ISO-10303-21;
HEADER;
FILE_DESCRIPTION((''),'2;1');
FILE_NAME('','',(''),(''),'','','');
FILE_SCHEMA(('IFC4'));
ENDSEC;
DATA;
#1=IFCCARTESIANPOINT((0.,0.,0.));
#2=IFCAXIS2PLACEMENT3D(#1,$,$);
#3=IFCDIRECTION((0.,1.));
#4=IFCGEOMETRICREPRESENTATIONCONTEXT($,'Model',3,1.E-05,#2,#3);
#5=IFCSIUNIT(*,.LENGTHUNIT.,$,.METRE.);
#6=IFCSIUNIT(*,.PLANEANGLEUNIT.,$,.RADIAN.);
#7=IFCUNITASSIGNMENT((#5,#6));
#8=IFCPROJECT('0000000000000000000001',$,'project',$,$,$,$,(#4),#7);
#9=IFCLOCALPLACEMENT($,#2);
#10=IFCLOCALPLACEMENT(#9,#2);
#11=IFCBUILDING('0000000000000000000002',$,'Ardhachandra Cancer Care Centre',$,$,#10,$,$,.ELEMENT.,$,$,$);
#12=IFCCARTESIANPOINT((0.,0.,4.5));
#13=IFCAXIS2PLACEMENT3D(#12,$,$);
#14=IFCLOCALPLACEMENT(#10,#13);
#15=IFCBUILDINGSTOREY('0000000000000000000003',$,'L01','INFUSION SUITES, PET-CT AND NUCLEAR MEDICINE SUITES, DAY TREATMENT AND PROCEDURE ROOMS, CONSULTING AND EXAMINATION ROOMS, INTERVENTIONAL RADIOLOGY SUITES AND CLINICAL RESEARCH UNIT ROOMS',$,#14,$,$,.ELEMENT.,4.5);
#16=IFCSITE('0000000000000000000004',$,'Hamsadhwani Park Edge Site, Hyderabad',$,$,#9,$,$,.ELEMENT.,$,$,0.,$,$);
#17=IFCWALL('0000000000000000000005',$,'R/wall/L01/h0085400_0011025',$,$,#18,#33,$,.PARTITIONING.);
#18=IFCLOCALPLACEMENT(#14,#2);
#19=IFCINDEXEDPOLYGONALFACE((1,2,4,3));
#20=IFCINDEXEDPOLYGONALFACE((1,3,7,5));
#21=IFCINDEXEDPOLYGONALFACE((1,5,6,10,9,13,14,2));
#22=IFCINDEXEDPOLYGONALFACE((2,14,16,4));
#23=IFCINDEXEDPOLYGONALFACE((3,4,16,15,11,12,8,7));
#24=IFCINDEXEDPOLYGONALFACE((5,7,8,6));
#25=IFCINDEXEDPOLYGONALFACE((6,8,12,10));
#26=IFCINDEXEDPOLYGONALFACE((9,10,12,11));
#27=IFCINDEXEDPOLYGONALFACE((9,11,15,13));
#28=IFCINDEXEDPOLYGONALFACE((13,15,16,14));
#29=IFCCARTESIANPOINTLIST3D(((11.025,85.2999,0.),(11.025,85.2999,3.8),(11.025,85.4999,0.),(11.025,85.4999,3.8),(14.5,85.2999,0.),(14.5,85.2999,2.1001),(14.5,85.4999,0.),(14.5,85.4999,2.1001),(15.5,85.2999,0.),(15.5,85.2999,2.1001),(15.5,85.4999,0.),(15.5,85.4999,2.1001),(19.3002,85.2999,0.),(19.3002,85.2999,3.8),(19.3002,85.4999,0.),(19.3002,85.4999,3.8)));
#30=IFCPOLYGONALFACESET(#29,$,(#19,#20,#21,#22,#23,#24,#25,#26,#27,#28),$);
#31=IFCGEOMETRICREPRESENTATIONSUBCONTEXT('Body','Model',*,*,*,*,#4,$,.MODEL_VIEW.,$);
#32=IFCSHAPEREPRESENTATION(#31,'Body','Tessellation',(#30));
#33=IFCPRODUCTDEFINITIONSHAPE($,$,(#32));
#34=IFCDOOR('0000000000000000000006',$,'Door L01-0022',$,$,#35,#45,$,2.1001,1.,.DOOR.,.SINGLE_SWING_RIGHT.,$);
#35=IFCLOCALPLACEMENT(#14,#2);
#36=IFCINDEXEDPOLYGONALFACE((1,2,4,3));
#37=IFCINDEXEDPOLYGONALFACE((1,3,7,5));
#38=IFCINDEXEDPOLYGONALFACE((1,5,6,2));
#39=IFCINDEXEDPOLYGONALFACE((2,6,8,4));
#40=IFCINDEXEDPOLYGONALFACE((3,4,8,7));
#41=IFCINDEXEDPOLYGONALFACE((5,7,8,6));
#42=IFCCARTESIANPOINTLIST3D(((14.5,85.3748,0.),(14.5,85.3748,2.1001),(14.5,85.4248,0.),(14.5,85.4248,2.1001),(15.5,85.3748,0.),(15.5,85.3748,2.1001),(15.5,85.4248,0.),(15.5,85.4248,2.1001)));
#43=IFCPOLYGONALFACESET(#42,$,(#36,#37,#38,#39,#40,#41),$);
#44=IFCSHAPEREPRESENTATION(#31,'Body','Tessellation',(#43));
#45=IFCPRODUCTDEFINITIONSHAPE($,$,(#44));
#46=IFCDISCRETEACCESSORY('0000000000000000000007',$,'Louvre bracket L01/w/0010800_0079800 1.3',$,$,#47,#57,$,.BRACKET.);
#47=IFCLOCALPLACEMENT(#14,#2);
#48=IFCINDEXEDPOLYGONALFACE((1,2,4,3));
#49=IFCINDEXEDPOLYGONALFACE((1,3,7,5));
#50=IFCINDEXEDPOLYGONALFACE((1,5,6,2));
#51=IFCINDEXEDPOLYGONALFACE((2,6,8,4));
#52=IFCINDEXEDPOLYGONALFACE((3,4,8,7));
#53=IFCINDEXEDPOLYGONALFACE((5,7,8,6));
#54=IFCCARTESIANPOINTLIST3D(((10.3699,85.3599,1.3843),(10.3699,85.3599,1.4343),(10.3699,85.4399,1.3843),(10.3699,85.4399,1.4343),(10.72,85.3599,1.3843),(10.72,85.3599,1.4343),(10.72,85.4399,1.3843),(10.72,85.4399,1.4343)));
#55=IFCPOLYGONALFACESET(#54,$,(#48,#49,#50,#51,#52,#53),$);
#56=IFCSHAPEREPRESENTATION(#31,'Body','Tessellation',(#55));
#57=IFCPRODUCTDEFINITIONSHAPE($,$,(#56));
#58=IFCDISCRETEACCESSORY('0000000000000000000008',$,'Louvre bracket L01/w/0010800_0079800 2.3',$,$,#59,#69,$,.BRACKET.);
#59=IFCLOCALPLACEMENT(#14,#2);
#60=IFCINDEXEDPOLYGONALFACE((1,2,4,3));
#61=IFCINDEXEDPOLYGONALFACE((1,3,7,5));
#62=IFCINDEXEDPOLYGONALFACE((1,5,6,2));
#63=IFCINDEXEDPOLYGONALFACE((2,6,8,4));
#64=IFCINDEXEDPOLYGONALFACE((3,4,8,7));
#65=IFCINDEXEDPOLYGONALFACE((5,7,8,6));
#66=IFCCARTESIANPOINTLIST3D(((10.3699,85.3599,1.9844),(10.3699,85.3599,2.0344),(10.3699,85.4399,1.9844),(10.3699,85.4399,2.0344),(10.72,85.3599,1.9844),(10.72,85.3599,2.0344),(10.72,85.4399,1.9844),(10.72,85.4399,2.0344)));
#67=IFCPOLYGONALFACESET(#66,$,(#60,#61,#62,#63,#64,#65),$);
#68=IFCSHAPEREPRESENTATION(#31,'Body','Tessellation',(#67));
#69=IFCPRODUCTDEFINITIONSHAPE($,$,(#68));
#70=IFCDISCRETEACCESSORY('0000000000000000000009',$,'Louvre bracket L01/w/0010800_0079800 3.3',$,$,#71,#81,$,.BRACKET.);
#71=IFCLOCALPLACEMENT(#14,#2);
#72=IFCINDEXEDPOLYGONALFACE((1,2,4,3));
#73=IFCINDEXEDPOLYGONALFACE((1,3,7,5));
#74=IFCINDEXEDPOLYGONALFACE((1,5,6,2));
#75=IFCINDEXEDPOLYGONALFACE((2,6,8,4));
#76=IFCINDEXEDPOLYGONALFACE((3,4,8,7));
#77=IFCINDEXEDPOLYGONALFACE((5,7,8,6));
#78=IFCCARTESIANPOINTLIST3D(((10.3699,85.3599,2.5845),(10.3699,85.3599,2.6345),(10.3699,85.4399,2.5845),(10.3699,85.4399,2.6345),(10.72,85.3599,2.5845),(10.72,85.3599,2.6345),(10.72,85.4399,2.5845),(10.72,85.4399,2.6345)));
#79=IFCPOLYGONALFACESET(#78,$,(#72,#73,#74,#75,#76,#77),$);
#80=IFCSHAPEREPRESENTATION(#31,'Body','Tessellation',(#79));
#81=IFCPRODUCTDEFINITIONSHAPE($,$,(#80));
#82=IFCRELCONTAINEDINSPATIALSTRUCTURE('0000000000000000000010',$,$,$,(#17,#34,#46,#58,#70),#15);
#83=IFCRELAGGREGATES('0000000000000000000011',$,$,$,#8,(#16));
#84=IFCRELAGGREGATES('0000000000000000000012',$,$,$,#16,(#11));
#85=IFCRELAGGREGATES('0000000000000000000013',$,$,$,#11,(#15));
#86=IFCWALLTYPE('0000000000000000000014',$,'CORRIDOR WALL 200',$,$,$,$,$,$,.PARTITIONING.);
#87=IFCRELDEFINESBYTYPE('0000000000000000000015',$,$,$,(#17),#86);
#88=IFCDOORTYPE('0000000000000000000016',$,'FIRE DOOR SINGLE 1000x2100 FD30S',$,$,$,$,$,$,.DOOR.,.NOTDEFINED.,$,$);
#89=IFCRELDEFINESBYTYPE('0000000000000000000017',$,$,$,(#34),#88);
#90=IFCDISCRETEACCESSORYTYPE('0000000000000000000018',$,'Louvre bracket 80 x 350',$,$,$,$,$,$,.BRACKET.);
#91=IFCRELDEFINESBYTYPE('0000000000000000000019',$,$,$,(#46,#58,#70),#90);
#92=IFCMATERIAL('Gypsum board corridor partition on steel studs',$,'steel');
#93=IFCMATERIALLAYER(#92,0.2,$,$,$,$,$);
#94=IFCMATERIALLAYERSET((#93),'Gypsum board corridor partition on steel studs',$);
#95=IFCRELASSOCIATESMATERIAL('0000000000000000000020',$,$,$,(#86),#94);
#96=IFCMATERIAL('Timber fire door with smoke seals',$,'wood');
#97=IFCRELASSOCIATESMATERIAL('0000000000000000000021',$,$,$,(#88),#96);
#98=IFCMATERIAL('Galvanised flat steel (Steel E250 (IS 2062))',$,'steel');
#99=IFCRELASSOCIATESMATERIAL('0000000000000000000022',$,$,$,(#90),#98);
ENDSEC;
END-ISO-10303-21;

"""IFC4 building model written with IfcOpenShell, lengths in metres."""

from ifc_helpers import new_model, si_unit, direction, frame, frame_2d, origin, origin_2d, place, context, subcontext, project, spatial, rectangle, extrude, material, layer, layer_set, type_object, element, fill, save


model = new_model("IFC4")

# Units and contexts
model_context = context("Model", 3, precision=1e-05, world=origin(), true_north=direction((0.0, 1.0)))
body_context = subcontext(model_context, "Body", "Model", "MODEL_VIEW")
ifc_project = project(units=[si_unit("LENGTHUNIT", "METRE"), si_unit("PLANEANGLEUNIT", "RADIAN")], contexts=[model_context])

# Site, building, storey
site_placement = place(None, origin())
site = spatial("IfcSite", under=ifc_project, at=site_placement, Name="Hamsadhwani Park Edge Site, Hyderabad", CompositionType="ELEMENT", RefElevation=0.0)
building_placement = place(site_placement, origin())
building = spatial("IfcBuilding", under=site, at=building_placement, Name="Ardhachandra Cancer Care Centre", CompositionType="ELEMENT")
storey_placement = place(building_placement, frame((0.0, 0.0, 4.5)))
storey = spatial("IfcBuildingStorey", under=building, at=storey_placement, Name="L01", Description="INFUSION SUITES, PET-CT AND NUCLEAR MEDICINE SUITES, DAY TREATMENT AND PROCEDURE ROOMS, CONSULTING AND EXAMINATION ROOMS, INTERVENTIONAL RADIOLOGY SUITES AND CLINICAL RESEARCH UNIT ROOMS", CompositionType="ELEMENT", Elevation=4.5)

# Wall, opening, door
ifc_material_1 = material(Name="Gypsum board corridor partition on steel studs", Category="steel")
ifc_layer_1 = layer(ifc_material_1, 0.2)
ifc_layer_set_1 = layer_set([ifc_layer_1], Name="Gypsum board corridor partition on steel studs")
wall_type = type_object("IfcWallType", Name="CORRIDOR WALL 200", PredefinedType="PARTITIONING", material=ifc_layer_set_1)
wall_placement = place(storey_placement, frame((11.0249, 85.3999, 0.0), z_axis=(0.0, 0.0, 1.0), x_axis=(1.0, 0.0, 0.0)))
wall = element("IfcWall", 1, at=wall_placement, inside=storey, type_object=wall_type, Name="R/wall/L01/h0085400_0011025", PredefinedType="PARTITIONING", context=body_context, shape_type="SweptSolid", body=[
    extrude(rectangle(XDim=8.2751, YDim=0.2, at=frame_2d((4.1377, 0.0))), origin(), (0.0, 0.0, 1.0), 3.8),
])
opening_placement = place(wall_placement, frame((3.4751, 0.0, 0.0)))
opening = element("IfcOpeningElement", 2, at=opening_placement, cuts=wall, PredefinedType="OPENING", context=body_context, shape_type="SweptSolid", body=[
    extrude(rectangle(XDim=1.0, YDim=2.1001, at=frame_2d((0.5, 1.05))), frame((0.0, 0.1099, 0.0), z_axis=(0.0, -1.0, 0.0), x_axis=(1.0, 0.0, 0.0)), (0.0, 0.0, 1.0), 0.22),
])
ifc_material_2 = material(Name="Timber fire door with smoke seals", Category="wood")
door_type = type_object("IfcDoorType", Name="FIRE DOOR SINGLE 1000x2100 FD30S", OperationType="NOTDEFINED", PredefinedType="DOOR", material=ifc_material_2)
door_placement = place(opening_placement, origin())
door = element("IfcDoor", 3, at=door_placement, inside=storey, type_object=door_type, Name="Door L01-0022", OperationType="SINGLE_SWING_RIGHT", OverallHeight=2.1001, OverallWidth=1.0, PredefinedType="DOOR", context=body_context, shape_type="SweptSolid", body=[
    extrude(rectangle(XDim=1.0, YDim=2.1001, at=frame_2d((0.5, 1.05))), frame((0.0, 0.0249, 0.0), z_axis=(0.0, -1.0, 0.0), x_axis=(1.0, 0.0, 0.0)), (0.0, 0.0, 1.0), 0.05),
])
fill(opening, door)

# Discrete accessories
ifc_material_3 = material(Name="Galvanised flat steel (Steel E250 (IS 2062))", Category="steel")
discrete_accessory_type = type_object("IfcDiscreteAccessoryType", Name="Louvre bracket 80 x 350", PredefinedType="BRACKET", material=ifc_material_3)
for number, where, z_axis, x_axis, name in (
    (4, (10.5449, 85.3999, 1.3843), (0.0, 0.0, 1.0), (0.0, 1.0, 0.0), "Louvre bracket L01/w/0010800_0079800 1.3"),
    (5, (10.5449, 85.3999, 1.9844), (0.0, 0.0, 1.0), (0.0, 1.0, 0.0), "Louvre bracket L01/w/0010800_0079800 2.3"),
    (6, (10.5449, 85.3999, 2.5845), (0.0, 0.0, 1.0), (0.0, 1.0, 0.0), "Louvre bracket L01/w/0010800_0079800 3.3"),
):
    element("IfcDiscreteAccessory", number, at=place(storey_placement, frame(where, z_axis=z_axis, x_axis=x_axis)), inside=storey, type_object=discrete_accessory_type, Name=name, PredefinedType="BRACKET", context=body_context, shape_type="SweptSolid", body=[
        extrude(rectangle(XDim=0.0801, YDim=0.3501, at=origin_2d()), origin(), (0.0, 0.0, 1.0), 0.05),
    ])

save(model, "model.ifc")
